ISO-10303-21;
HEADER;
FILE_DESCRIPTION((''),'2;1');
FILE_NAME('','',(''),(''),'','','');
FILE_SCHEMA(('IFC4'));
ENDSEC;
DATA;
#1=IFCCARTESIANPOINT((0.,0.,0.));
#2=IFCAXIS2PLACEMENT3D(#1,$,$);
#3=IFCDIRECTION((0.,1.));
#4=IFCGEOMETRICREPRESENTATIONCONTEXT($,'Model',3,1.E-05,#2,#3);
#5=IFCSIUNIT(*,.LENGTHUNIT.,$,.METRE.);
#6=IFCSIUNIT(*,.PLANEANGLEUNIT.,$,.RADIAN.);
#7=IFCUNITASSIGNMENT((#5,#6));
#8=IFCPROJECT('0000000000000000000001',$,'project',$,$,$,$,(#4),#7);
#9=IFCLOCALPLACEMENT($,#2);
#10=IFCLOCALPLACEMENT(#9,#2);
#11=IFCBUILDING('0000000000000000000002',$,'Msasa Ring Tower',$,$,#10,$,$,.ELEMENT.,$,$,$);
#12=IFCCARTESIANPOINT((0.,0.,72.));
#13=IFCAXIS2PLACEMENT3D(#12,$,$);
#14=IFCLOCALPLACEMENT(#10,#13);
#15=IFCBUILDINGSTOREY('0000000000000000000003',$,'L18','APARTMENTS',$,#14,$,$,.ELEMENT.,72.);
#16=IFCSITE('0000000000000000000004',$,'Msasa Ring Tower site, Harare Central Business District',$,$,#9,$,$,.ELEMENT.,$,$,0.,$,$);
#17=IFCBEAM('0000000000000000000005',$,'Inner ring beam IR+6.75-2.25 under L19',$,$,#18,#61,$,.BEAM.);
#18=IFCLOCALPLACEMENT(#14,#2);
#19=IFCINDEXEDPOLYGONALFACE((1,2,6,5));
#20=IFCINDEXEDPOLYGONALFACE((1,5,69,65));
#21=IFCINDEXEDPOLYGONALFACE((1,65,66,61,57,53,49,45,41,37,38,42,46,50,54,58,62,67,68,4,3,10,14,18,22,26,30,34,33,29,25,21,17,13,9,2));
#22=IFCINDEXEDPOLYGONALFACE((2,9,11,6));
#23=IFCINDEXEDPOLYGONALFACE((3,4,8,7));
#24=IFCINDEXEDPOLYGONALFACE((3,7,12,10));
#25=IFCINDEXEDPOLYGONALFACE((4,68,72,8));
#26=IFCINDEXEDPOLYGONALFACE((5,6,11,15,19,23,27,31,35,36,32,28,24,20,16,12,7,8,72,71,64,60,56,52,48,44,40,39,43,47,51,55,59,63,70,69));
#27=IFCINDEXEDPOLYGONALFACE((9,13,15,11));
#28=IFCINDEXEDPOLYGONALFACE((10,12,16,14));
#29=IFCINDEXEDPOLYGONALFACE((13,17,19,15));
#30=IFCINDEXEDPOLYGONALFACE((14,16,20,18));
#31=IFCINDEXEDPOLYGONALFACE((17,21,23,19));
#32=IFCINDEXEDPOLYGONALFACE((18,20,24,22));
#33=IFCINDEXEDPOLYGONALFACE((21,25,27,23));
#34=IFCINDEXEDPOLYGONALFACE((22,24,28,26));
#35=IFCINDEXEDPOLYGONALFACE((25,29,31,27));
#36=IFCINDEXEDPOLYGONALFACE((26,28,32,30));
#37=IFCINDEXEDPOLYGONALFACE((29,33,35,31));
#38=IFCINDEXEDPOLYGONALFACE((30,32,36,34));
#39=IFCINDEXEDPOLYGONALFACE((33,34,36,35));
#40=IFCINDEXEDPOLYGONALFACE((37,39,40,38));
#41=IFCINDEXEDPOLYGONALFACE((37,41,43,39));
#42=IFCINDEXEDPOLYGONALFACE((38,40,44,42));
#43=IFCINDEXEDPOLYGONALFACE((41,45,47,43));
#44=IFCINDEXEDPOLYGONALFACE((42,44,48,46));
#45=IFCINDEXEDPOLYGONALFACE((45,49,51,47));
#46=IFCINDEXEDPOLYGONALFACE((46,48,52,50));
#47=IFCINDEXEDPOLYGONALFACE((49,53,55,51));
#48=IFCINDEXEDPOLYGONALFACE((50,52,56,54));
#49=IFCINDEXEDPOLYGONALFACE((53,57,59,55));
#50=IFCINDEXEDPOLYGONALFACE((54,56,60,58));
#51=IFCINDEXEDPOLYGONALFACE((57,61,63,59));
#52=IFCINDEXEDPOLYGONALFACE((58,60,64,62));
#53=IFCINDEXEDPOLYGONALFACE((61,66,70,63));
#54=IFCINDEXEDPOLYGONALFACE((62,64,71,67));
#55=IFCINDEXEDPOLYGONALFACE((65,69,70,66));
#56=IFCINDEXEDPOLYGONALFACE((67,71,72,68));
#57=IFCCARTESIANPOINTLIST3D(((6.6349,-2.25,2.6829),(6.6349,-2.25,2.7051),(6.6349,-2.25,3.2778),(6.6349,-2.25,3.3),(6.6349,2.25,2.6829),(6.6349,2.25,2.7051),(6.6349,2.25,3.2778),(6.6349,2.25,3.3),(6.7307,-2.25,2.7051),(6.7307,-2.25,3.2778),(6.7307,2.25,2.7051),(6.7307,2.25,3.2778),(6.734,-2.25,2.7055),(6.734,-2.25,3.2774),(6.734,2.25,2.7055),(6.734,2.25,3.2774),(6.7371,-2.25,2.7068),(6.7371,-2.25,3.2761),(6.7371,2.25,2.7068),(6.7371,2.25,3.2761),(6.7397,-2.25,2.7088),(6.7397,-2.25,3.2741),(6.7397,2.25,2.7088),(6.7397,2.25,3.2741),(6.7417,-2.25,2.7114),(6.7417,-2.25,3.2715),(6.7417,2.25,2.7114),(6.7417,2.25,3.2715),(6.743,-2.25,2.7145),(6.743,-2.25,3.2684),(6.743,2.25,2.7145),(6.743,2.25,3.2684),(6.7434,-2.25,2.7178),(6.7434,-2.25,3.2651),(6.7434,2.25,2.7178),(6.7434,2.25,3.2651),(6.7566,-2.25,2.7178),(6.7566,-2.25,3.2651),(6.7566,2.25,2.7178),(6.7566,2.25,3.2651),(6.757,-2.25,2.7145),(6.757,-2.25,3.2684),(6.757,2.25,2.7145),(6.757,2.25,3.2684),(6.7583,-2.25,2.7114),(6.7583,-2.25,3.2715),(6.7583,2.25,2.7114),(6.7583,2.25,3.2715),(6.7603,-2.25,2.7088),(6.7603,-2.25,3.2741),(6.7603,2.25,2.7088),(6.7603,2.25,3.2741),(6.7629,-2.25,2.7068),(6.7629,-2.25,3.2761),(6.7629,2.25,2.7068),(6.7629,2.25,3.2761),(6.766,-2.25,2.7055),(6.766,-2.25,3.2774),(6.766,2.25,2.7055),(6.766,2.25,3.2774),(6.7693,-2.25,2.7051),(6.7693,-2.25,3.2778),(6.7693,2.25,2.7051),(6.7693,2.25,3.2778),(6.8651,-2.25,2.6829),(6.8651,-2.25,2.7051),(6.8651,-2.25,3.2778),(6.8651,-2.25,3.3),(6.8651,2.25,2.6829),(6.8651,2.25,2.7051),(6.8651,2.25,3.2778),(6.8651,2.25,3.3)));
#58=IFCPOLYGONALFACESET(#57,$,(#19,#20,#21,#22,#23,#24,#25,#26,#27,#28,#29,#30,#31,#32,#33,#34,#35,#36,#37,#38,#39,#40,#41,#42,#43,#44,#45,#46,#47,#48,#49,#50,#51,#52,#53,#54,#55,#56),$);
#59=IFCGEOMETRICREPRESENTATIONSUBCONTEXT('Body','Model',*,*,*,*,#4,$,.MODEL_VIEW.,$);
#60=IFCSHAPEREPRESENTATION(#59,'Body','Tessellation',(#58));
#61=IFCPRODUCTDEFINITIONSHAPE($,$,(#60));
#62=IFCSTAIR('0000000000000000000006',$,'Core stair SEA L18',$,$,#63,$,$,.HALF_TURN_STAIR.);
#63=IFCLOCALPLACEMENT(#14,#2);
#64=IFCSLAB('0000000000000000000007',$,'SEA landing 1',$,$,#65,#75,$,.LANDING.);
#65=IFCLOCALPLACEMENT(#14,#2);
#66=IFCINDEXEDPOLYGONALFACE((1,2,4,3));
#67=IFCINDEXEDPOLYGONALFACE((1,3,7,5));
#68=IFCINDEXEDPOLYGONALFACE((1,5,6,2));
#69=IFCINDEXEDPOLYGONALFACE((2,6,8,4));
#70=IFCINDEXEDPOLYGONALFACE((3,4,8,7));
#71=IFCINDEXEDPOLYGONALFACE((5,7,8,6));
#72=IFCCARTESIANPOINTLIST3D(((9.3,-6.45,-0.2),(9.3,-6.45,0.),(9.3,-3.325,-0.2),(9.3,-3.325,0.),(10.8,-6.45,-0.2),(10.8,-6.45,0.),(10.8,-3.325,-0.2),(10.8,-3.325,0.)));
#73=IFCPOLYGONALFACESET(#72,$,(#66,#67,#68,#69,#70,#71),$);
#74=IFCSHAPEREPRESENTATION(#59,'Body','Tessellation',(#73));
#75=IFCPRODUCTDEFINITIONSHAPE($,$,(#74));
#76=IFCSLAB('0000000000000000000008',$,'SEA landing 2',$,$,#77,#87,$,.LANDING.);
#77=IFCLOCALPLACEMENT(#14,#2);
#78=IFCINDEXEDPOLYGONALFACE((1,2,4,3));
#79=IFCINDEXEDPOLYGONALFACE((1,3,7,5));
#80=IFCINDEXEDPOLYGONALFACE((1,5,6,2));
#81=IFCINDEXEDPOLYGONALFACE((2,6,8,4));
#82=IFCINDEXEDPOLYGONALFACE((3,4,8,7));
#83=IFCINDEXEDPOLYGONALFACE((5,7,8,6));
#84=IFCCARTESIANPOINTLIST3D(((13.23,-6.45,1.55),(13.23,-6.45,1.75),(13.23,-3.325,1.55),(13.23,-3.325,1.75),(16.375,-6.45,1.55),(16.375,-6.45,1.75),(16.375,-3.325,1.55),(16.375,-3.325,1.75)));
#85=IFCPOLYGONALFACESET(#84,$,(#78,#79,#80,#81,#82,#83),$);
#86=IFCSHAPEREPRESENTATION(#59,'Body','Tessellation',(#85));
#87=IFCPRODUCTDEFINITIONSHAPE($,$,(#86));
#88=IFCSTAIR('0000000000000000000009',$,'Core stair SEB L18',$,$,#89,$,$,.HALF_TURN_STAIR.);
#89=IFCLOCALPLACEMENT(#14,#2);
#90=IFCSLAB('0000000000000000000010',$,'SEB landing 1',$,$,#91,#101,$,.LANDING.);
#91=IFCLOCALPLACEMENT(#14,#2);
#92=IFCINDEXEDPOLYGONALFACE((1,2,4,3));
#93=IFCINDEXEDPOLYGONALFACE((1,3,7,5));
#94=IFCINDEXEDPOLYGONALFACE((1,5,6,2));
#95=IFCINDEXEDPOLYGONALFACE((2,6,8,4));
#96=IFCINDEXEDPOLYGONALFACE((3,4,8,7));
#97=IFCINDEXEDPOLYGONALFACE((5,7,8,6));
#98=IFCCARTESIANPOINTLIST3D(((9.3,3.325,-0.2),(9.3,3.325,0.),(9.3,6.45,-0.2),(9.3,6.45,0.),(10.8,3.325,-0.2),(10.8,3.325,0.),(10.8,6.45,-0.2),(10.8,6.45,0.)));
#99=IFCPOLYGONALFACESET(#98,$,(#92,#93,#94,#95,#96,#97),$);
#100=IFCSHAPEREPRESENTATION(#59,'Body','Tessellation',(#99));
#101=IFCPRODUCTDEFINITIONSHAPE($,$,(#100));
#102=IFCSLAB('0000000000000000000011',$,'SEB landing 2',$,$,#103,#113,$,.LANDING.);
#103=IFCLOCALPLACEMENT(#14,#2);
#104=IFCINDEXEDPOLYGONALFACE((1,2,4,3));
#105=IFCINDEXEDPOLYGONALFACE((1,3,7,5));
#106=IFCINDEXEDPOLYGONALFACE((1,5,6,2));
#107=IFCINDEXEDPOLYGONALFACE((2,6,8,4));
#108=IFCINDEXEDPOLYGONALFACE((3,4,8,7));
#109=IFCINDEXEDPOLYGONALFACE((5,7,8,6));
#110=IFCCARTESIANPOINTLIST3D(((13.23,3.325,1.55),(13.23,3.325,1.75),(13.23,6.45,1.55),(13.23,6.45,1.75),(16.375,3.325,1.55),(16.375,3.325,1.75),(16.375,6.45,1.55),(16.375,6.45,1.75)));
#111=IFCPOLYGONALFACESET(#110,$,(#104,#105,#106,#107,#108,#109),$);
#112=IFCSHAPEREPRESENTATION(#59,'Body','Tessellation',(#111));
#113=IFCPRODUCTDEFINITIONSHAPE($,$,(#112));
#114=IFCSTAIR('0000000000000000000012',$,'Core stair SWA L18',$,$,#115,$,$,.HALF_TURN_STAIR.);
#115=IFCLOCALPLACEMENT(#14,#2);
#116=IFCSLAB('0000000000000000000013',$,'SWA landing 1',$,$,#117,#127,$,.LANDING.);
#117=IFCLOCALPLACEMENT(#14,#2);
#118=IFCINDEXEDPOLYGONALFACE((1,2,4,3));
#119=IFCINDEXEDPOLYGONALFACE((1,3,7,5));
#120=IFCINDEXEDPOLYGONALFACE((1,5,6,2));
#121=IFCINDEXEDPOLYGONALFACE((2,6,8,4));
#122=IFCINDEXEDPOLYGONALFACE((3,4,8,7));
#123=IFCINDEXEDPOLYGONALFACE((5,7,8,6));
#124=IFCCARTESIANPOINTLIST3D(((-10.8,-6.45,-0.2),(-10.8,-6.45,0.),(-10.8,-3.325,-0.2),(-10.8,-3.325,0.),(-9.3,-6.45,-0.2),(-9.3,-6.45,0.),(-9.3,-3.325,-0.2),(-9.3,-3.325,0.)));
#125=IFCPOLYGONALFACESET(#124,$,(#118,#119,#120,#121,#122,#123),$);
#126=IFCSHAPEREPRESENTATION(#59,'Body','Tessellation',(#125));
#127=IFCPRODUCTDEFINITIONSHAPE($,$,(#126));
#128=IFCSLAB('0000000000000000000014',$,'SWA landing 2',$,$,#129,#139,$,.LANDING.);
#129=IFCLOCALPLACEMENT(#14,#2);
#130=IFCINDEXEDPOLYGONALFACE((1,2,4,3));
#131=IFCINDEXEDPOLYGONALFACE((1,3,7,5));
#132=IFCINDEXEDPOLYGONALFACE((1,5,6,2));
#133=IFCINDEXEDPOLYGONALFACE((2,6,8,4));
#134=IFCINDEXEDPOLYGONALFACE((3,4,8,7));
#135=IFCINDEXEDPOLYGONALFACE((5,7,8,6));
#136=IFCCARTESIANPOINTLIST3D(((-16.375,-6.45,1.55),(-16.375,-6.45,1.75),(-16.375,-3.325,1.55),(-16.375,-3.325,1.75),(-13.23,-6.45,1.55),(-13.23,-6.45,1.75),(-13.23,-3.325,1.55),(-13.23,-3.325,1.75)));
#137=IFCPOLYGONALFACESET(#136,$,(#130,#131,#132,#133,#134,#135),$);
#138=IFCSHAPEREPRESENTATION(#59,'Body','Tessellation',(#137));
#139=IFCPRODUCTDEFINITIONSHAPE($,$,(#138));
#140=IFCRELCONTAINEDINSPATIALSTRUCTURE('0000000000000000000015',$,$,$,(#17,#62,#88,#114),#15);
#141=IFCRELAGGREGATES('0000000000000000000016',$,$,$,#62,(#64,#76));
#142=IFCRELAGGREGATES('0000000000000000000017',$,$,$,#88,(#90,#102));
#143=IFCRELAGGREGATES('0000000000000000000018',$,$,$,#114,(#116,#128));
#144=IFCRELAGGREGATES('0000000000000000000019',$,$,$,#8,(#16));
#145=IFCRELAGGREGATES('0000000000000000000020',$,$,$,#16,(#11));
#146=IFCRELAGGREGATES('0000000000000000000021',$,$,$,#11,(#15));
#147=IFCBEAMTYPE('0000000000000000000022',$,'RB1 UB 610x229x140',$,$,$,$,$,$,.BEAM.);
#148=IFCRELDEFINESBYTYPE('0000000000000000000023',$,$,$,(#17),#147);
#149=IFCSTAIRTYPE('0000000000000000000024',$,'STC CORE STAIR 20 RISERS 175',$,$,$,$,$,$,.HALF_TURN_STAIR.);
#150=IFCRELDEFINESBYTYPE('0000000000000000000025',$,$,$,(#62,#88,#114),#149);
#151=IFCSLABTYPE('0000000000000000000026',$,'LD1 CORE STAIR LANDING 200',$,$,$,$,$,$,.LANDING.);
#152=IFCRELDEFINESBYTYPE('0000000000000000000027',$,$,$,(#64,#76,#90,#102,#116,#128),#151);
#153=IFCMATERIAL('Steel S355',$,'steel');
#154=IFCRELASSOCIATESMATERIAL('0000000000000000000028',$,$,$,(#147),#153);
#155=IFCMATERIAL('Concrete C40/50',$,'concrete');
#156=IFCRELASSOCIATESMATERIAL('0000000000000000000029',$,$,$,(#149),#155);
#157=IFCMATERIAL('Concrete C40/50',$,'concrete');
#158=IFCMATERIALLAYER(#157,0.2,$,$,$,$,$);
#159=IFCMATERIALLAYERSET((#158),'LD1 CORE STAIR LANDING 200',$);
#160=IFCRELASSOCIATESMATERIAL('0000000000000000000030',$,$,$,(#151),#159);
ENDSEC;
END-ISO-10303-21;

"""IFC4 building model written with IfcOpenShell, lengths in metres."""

from ifc_helpers import new_model, si_unit, direction, frame, origin, origin_2d, place, context, subcontext, project, spatial, polyline, i_section, outline, extrude, material, layer, layer_set, material_profile, profile_set, type_object, element, aggregate, save


model = new_model("IFC4")

# Units and contexts
model_context = context("Model", 3, precision=1e-05, world=origin(), true_north=direction((0.0, 1.0)))
body_context = subcontext(model_context, "Body", "Model", "MODEL_VIEW")
ifc_project = project(units=[si_unit("LENGTHUNIT", "METRE"), si_unit("PLANEANGLEUNIT", "RADIAN")], contexts=[model_context])

# Site, building, storey
site_placement = place(None, origin())
site = spatial("IfcSite", under=ifc_project, at=site_placement, Name="Msasa Ring Tower site, Harare Central Business District", CompositionType="ELEMENT", RefElevation=0.0)
building_placement = place(site_placement, origin())
building = spatial("IfcBuilding", under=site, at=building_placement, Name="Msasa Ring Tower", CompositionType="ELEMENT")
storey_placement = place(building_placement, frame((0.0, 0.0, 72.0)))
storey = spatial("IfcBuildingStorey", under=building, at=storey_placement, Name="L18", Description="APARTMENTS", CompositionType="ELEMENT", Elevation=72.0)

# Beam
ifc_material_1 = material(Name="Steel S355", Category="steel")
ifc_material_profile_1 = material_profile(ifc_material_1, i_section(OverallWidth=0.2302, OverallDepth=0.6172, WebThickness=0.0132, FlangeThickness=0.0222, FilletRadius=0.0127, at=origin_2d()), Name="UB 610x229x140")
ifc_profile_set_1 = profile_set([ifc_material_profile_1], Name="Steel S355")
beam_type = type_object("IfcBeamType", Name="RB1 UB 610x229x140", PredefinedType="BEAM", material=ifc_profile_set_1)
for number, where, z_axis, x_axis, name in (
    (1, (6.75, -2.25, 2.9915), (0.0, 1.0, 0.0), (-1.0, 0.0, 0.0), "Inner ring beam IR+6.75-2.25 under L19"),
):
    element("IfcBeam", number, at=place(storey_placement, frame(where, z_axis=z_axis, x_axis=x_axis)), inside=storey, type_object=beam_type, Name=name, PredefinedType="BEAM", context=body_context, shape_type="SweptSolid", body=[
        extrude(i_section(OverallWidth=0.2302, OverallDepth=0.6172, WebThickness=0.0132, FlangeThickness=0.0222, FilletRadius=0.0127, at=origin_2d()), origin(), (0.0, 0.0, 1.0), 4.5),
    ])

# Stairs, slabs
ifc_material_2 = material(Name="Concrete C40/50", Category="concrete")
stair_type = type_object("IfcStairType", Name="STC CORE STAIR 20 RISERS 175", PredefinedType="HALF_TURN_STAIR", material=ifc_material_2)
stair_1_placement = place(storey_placement, origin())
stair_1 = element("IfcStair", 2, at=stair_1_placement, inside=storey, type_object=stair_type, Name="Core stair SEA L18", PredefinedType="HALF_TURN_STAIR")
ifc_material_3 = material(Name="Concrete C40/50", Category="concrete")
ifc_layer = layer(ifc_material_3, 0.2)
ifc_layer_set = layer_set([ifc_layer], Name="LD1 CORE STAIR LANDING 200")
slab_type = type_object("IfcSlabType", Name="LD1 CORE STAIR LANDING 200", PredefinedType="LANDING", material=ifc_layer_set)
slab_1_placement = place(storey_placement, frame((0.0, 0.0, -0.2)))
slab_1 = element("IfcSlab", 3, at=slab_1_placement, type_object=slab_type, Name="SEA landing 1", PredefinedType="LANDING", context=body_context, shape_type="SweptSolid", body=[
    extrude(outline(polyline([(9.3, -6.45), (10.8, -6.45), (10.8, -3.325), (9.3, -3.325), (9.3, -6.45)])), origin(), (0.0, 0.0, 1.0), 0.2),
])
slab_2_placement = place(storey_placement, frame((0.0, 0.0, 1.55)))
slab_2 = element("IfcSlab", 4, at=slab_2_placement, type_object=slab_type, Name="SEA landing 2", PredefinedType="LANDING", context=body_context, shape_type="SweptSolid", body=[
    extrude(outline(polyline([(13.23, -6.45), (16.375, -6.45), (16.375, -3.325), (13.23, -3.325), (13.23, -6.45)])), origin(), (0.0, 0.0, 1.0), 0.2),
])
aggregate(stair_1, [slab_1, slab_2])
stair_2_placement = place(storey_placement, origin())
stair_2 = element("IfcStair", 5, at=stair_2_placement, inside=storey, type_object=stair_type, Name="Core stair SEB L18", PredefinedType="HALF_TURN_STAIR")
slab_3_placement = place(storey_placement, frame((0.0, 0.0, -0.2)))
slab_3 = element("IfcSlab", 6, at=slab_3_placement, type_object=slab_type, Name="SEB landing 1", PredefinedType="LANDING", context=body_context, shape_type="SweptSolid", body=[
    extrude(outline(polyline([(9.3, 3.325), (10.8, 3.325), (10.8, 6.45), (9.3, 6.45), (9.3, 3.325)])), origin(), (0.0, 0.0, 1.0), 0.2),
])
slab_4_placement = place(storey_placement, frame((0.0, 0.0, 1.55)))
slab_4 = element("IfcSlab", 7, at=slab_4_placement, type_object=slab_type, Name="SEB landing 2", PredefinedType="LANDING", context=body_context, shape_type="SweptSolid", body=[
    extrude(outline(polyline([(13.23, 3.325), (16.375, 3.325), (16.375, 6.45), (13.23, 6.45), (13.23, 3.325)])), origin(), (0.0, 0.0, 1.0), 0.2),
])
aggregate(stair_2, [slab_3, slab_4])
stair_3_placement = place(storey_placement, origin())
stair_3 = element("IfcStair", 8, at=stair_3_placement, inside=storey, type_object=stair_type, Name="Core stair SWA L18", PredefinedType="HALF_TURN_STAIR")
slab_5_placement = place(storey_placement, frame((0.0, 0.0, -0.2)))
slab_5 = element("IfcSlab", 9, at=slab_5_placement, type_object=slab_type, Name="SWA landing 1", PredefinedType="LANDING", context=body_context, shape_type="SweptSolid", body=[
    extrude(outline(polyline([(-10.8, -6.45), (-9.3, -6.45), (-9.3, -3.325), (-10.8, -3.325), (-10.8, -6.45)])), origin(), (0.0, 0.0, 1.0), 0.2),
])
slab_6_placement = place(storey_placement, frame((0.0, 0.0, 1.55)))
slab_6 = element("IfcSlab", 10, at=slab_6_placement, type_object=slab_type, Name="SWA landing 2", PredefinedType="LANDING", context=body_context, shape_type="SweptSolid", body=[
    extrude(outline(polyline([(-16.375, -6.45), (-13.23, -6.45), (-13.23, -3.325), (-16.375, -3.325), (-16.375, -6.45)])), origin(), (0.0, 0.0, 1.0), 0.2),
])
aggregate(stair_3, [slab_5, slab_6])

save(model, "model.ifc")
